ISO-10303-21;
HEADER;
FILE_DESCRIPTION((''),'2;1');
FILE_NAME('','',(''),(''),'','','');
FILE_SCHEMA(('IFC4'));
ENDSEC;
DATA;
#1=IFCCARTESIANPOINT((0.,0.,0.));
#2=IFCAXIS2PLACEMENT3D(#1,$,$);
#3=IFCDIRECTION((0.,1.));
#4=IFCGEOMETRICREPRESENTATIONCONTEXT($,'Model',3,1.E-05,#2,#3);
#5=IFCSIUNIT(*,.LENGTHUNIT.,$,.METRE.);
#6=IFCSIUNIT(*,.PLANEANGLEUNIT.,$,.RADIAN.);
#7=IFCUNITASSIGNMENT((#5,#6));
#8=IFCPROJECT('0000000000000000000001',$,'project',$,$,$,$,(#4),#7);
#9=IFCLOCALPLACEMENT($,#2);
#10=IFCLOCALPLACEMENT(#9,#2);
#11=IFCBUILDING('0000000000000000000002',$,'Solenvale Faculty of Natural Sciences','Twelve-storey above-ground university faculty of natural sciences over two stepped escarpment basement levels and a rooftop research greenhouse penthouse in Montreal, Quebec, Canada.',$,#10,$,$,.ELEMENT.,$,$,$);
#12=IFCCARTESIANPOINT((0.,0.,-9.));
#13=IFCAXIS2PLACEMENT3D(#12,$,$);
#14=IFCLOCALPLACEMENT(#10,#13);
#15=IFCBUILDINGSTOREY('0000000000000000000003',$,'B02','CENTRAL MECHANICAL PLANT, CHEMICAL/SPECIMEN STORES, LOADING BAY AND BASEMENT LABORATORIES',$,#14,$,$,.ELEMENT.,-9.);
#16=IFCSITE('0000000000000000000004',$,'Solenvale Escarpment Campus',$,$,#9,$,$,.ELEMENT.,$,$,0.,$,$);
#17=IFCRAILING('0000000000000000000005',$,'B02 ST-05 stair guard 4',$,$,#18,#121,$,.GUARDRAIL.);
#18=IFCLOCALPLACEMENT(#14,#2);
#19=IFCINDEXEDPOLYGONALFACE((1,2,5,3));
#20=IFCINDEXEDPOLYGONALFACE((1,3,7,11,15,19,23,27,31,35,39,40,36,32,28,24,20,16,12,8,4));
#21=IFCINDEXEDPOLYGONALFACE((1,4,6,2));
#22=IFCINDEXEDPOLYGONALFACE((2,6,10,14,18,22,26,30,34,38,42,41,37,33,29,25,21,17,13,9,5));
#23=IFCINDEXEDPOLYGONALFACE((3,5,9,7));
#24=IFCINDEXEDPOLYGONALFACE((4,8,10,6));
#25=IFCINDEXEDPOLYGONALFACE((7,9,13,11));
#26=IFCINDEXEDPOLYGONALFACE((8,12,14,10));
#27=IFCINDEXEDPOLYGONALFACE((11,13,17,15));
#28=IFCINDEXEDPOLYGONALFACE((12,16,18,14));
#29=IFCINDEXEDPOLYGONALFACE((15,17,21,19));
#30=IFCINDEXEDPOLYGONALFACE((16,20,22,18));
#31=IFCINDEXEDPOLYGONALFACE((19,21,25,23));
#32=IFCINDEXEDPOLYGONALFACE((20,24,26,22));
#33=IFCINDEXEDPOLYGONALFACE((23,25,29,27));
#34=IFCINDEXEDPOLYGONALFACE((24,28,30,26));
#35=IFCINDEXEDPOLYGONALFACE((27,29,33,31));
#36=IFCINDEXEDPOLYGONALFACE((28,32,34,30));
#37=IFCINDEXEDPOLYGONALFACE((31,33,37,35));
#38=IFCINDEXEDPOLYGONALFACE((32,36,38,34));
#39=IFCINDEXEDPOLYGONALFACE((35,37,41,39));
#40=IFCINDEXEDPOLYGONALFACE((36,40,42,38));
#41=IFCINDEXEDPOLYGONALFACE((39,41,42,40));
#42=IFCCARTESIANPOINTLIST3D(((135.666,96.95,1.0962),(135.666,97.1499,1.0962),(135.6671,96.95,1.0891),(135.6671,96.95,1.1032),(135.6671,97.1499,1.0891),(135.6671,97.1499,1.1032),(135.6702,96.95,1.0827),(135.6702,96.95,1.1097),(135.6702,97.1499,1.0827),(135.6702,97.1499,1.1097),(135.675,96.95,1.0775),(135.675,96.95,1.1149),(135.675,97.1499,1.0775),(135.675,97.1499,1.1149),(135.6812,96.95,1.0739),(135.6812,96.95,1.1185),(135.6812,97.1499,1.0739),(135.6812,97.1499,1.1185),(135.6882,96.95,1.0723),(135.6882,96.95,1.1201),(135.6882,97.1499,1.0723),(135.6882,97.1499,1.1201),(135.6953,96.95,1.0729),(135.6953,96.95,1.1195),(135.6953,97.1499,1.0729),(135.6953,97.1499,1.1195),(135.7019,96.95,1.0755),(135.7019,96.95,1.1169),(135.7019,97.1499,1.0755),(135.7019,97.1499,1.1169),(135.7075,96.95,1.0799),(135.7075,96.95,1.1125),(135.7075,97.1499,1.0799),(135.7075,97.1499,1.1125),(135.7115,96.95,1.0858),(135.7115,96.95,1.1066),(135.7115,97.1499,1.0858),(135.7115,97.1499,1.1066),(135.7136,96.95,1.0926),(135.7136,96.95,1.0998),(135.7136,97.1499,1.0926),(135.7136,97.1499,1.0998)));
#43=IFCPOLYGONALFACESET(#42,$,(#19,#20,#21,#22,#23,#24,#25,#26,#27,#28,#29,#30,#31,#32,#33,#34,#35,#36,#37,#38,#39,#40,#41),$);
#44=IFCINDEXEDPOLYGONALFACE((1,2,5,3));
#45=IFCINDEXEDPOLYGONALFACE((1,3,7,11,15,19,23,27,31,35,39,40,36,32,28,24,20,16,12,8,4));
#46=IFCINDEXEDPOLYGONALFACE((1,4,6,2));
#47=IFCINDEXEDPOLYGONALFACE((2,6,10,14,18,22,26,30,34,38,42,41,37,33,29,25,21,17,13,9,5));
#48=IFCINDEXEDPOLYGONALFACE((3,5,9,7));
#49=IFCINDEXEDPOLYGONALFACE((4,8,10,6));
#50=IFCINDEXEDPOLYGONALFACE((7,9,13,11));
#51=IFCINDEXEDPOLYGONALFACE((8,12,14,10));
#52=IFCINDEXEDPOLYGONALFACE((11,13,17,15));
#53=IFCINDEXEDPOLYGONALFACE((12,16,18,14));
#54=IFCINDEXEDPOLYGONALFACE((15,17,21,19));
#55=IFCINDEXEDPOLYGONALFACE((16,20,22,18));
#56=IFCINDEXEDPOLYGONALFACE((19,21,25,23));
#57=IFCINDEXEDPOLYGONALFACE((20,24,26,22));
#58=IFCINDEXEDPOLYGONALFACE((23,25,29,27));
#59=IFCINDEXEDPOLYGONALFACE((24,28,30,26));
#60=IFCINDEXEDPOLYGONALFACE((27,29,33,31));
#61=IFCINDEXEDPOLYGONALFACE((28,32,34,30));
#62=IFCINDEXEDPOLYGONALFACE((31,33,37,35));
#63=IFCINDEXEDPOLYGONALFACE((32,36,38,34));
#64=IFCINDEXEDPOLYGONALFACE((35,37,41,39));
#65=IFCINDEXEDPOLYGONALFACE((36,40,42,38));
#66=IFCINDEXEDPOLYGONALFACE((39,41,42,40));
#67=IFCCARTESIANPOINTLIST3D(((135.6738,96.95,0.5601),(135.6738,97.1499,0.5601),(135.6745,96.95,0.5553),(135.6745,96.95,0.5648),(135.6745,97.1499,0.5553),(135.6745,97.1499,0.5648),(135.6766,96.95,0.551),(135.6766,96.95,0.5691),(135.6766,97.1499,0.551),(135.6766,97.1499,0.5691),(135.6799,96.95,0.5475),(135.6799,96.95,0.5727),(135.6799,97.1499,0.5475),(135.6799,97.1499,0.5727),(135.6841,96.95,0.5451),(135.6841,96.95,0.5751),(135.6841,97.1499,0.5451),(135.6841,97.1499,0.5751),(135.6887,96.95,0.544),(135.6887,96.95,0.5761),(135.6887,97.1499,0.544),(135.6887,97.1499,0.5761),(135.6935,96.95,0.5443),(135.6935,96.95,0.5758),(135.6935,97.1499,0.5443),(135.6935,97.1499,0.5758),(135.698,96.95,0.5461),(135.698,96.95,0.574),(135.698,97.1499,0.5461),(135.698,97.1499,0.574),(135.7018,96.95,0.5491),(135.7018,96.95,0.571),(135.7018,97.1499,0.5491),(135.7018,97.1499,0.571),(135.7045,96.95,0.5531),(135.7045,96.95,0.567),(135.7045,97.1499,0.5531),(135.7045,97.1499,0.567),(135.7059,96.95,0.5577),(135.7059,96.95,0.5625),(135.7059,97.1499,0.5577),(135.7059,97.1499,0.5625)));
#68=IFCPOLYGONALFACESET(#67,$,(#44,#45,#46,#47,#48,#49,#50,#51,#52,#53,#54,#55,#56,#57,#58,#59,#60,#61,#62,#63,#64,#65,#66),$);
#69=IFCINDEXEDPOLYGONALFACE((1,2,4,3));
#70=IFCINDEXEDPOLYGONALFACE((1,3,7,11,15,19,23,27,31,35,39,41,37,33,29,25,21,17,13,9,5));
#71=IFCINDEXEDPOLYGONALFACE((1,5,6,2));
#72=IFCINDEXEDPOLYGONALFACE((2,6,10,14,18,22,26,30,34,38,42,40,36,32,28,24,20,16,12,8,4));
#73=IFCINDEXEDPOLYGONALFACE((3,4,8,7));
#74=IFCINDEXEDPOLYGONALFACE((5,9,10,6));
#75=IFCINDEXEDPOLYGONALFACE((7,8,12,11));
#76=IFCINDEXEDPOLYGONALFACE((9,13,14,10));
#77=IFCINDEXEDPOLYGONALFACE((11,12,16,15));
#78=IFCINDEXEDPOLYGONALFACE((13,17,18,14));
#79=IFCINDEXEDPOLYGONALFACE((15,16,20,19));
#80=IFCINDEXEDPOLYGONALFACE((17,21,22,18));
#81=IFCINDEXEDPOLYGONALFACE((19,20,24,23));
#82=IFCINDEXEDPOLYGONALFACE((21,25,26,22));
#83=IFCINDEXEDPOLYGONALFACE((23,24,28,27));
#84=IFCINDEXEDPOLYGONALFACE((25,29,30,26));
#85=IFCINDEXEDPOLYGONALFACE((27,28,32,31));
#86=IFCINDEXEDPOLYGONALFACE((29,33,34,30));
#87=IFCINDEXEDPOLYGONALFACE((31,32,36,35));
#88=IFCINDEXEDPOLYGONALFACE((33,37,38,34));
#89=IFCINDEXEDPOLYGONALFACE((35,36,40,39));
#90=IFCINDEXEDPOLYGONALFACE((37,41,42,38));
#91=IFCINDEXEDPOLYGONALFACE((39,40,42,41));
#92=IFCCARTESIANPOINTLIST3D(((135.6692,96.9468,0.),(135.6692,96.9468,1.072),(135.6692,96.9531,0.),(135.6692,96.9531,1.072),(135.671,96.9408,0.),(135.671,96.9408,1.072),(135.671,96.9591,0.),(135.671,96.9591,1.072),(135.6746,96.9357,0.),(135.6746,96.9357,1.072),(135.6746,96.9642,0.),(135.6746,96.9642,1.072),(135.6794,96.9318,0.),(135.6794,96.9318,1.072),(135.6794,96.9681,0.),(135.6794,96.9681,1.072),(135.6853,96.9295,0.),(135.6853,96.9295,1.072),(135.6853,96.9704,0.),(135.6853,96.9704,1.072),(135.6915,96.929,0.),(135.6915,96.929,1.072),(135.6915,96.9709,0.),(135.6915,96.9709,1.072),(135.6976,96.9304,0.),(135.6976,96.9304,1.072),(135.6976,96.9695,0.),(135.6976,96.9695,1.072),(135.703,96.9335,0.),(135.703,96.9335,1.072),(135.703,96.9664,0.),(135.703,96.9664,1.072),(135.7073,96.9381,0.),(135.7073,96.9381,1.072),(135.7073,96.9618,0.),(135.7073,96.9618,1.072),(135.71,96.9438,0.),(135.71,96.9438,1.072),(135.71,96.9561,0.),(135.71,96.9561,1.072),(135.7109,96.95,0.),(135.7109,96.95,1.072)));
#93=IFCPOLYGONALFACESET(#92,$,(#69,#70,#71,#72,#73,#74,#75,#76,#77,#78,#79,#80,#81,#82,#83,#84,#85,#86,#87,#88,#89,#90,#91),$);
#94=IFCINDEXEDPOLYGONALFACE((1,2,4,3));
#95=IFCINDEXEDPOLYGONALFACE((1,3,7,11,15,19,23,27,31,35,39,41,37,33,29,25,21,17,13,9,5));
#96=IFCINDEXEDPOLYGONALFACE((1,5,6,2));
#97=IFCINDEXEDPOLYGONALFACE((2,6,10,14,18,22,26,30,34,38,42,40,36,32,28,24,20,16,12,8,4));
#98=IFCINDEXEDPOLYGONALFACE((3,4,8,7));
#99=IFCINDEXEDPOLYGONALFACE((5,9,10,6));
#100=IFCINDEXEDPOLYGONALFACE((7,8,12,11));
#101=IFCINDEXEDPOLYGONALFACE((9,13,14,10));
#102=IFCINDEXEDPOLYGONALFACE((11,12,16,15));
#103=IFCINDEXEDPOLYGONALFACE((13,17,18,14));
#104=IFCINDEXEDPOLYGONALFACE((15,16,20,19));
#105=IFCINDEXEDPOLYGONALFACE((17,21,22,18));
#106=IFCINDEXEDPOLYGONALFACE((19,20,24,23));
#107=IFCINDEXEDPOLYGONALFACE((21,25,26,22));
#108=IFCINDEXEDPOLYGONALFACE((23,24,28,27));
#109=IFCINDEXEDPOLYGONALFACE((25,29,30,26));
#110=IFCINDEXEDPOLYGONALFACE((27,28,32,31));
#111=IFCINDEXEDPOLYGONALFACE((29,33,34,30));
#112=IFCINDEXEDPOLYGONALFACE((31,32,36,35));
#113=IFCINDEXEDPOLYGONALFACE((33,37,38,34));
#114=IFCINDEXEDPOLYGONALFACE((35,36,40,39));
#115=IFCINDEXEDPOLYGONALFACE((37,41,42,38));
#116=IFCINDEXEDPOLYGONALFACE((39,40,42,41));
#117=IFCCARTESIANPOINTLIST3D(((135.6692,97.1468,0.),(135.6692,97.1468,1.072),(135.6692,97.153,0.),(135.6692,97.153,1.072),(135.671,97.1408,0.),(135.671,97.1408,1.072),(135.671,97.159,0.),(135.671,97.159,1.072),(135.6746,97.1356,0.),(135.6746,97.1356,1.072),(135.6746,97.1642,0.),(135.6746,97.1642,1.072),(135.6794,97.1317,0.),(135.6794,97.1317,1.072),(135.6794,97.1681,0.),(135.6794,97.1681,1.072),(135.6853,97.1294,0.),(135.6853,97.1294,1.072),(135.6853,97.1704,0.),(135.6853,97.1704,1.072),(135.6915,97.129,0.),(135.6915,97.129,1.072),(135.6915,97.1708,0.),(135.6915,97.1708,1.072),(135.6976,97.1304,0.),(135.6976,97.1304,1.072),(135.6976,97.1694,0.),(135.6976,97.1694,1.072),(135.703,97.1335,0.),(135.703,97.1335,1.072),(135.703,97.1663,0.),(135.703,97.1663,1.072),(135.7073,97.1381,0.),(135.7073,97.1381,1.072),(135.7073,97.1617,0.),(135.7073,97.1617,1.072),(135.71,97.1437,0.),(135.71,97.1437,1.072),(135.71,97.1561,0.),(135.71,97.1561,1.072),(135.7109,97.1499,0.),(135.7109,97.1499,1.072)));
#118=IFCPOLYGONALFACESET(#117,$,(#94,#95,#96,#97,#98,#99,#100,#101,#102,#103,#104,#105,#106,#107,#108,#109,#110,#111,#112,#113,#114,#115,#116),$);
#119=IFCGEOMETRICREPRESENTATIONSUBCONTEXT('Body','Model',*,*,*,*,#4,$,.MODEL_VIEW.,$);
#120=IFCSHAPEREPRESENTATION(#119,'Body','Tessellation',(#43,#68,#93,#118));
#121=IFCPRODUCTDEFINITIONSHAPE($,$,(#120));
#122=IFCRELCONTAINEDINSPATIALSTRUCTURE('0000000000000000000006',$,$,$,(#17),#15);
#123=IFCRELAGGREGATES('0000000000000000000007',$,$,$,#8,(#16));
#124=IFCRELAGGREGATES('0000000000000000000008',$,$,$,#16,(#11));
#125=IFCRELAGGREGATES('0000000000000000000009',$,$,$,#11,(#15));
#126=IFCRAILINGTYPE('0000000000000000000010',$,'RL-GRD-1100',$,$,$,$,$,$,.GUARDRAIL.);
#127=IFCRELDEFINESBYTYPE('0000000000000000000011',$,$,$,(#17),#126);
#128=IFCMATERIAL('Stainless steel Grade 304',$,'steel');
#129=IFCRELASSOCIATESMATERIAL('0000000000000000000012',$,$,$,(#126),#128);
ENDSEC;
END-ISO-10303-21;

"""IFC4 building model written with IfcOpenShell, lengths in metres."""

from ifc_helpers import new_model, si_unit, direction, frame, origin, origin_2d, place, context, subcontext, project, spatial, circle, extrude, material, type_object, element, save


model = new_model("IFC4")

# Units and contexts
model_context = context("Model", 3, precision=1e-05, world=origin(), true_north=direction((0.0, 1.0)))
body_context = subcontext(model_context, "Body", "Model", "MODEL_VIEW")
ifc_project = project(units=[si_unit("LENGTHUNIT", "METRE"), si_unit("PLANEANGLEUNIT", "RADIAN")], contexts=[model_context])

# Site, building, storey
site_placement = place(None, origin())
site = spatial("IfcSite", under=ifc_project, at=site_placement, Name="Solenvale Escarpment Campus", CompositionType="ELEMENT", RefElevation=0.0)
building_placement = place(site_placement, origin())
building = spatial("IfcBuilding", under=site, at=building_placement, Name="Solenvale Faculty of Natural Sciences", Description="Twelve-storey above-ground university faculty of natural sciences over two stepped escarpment basement levels and a rooftop research greenhouse penthouse in Montreal, Quebec, Canada.", CompositionType="ELEMENT")
storey_placement = place(building_placement, frame((0.0, 0.0, -9.0)))
storey = spatial("IfcBuildingStorey", under=building, at=storey_placement, Name="B02", Description="CENTRAL MECHANICAL PLANT, CHEMICAL/SPECIMEN STORES, LOADING BAY AND BASEMENT LABORATORIES", CompositionType="ELEMENT", Elevation=-9.0)

# Railing
ifc_material_1 = material(Name="Stainless steel Grade 304", Category="steel")
railing_type_1 = type_object("IfcRailingType", Name="RL-GRD-1100", PredefinedType="GUARDRAIL", material=ifc_material_1)
railing_1_placement = place(storey_placement, frame((135.6899, 96.95, 0.0)))
element("IfcRailing", 1, at=railing_1_placement, inside=storey, type_object=railing_type_1, Name="B02 ST-05 stair guard 4", PredefinedType="GUARDRAIL", context=body_context, shape_type="SweptSolid", body=[
    extrude(circle(Radius=0.0239, at=origin_2d()), frame((0.0, 0.0, 1.0962), z_axis=(0.0, 1.0, 0.0), x_axis=(-1.0, 0.0, 0.0)), (0.0, 0.0, 1.0), 0.2),
    extrude(circle(Radius=0.0161, at=origin_2d()), frame((0.0, 0.0, 0.5601), z_axis=(0.0, 1.0, 0.0), x_axis=(-1.0, 0.0, 0.0)), (0.0, 0.0, 1.0), 0.2),
    extrude(circle(Radius=0.021, at=origin_2d()), origin(), (0.0, 0.0, 1.0), 1.072),
    extrude(circle(Radius=0.021, at=origin_2d()), frame((0.0, 0.2, 0.0)), (0.0, 0.0, 1.0), 1.072),
])

save(model, "model.ifc")
